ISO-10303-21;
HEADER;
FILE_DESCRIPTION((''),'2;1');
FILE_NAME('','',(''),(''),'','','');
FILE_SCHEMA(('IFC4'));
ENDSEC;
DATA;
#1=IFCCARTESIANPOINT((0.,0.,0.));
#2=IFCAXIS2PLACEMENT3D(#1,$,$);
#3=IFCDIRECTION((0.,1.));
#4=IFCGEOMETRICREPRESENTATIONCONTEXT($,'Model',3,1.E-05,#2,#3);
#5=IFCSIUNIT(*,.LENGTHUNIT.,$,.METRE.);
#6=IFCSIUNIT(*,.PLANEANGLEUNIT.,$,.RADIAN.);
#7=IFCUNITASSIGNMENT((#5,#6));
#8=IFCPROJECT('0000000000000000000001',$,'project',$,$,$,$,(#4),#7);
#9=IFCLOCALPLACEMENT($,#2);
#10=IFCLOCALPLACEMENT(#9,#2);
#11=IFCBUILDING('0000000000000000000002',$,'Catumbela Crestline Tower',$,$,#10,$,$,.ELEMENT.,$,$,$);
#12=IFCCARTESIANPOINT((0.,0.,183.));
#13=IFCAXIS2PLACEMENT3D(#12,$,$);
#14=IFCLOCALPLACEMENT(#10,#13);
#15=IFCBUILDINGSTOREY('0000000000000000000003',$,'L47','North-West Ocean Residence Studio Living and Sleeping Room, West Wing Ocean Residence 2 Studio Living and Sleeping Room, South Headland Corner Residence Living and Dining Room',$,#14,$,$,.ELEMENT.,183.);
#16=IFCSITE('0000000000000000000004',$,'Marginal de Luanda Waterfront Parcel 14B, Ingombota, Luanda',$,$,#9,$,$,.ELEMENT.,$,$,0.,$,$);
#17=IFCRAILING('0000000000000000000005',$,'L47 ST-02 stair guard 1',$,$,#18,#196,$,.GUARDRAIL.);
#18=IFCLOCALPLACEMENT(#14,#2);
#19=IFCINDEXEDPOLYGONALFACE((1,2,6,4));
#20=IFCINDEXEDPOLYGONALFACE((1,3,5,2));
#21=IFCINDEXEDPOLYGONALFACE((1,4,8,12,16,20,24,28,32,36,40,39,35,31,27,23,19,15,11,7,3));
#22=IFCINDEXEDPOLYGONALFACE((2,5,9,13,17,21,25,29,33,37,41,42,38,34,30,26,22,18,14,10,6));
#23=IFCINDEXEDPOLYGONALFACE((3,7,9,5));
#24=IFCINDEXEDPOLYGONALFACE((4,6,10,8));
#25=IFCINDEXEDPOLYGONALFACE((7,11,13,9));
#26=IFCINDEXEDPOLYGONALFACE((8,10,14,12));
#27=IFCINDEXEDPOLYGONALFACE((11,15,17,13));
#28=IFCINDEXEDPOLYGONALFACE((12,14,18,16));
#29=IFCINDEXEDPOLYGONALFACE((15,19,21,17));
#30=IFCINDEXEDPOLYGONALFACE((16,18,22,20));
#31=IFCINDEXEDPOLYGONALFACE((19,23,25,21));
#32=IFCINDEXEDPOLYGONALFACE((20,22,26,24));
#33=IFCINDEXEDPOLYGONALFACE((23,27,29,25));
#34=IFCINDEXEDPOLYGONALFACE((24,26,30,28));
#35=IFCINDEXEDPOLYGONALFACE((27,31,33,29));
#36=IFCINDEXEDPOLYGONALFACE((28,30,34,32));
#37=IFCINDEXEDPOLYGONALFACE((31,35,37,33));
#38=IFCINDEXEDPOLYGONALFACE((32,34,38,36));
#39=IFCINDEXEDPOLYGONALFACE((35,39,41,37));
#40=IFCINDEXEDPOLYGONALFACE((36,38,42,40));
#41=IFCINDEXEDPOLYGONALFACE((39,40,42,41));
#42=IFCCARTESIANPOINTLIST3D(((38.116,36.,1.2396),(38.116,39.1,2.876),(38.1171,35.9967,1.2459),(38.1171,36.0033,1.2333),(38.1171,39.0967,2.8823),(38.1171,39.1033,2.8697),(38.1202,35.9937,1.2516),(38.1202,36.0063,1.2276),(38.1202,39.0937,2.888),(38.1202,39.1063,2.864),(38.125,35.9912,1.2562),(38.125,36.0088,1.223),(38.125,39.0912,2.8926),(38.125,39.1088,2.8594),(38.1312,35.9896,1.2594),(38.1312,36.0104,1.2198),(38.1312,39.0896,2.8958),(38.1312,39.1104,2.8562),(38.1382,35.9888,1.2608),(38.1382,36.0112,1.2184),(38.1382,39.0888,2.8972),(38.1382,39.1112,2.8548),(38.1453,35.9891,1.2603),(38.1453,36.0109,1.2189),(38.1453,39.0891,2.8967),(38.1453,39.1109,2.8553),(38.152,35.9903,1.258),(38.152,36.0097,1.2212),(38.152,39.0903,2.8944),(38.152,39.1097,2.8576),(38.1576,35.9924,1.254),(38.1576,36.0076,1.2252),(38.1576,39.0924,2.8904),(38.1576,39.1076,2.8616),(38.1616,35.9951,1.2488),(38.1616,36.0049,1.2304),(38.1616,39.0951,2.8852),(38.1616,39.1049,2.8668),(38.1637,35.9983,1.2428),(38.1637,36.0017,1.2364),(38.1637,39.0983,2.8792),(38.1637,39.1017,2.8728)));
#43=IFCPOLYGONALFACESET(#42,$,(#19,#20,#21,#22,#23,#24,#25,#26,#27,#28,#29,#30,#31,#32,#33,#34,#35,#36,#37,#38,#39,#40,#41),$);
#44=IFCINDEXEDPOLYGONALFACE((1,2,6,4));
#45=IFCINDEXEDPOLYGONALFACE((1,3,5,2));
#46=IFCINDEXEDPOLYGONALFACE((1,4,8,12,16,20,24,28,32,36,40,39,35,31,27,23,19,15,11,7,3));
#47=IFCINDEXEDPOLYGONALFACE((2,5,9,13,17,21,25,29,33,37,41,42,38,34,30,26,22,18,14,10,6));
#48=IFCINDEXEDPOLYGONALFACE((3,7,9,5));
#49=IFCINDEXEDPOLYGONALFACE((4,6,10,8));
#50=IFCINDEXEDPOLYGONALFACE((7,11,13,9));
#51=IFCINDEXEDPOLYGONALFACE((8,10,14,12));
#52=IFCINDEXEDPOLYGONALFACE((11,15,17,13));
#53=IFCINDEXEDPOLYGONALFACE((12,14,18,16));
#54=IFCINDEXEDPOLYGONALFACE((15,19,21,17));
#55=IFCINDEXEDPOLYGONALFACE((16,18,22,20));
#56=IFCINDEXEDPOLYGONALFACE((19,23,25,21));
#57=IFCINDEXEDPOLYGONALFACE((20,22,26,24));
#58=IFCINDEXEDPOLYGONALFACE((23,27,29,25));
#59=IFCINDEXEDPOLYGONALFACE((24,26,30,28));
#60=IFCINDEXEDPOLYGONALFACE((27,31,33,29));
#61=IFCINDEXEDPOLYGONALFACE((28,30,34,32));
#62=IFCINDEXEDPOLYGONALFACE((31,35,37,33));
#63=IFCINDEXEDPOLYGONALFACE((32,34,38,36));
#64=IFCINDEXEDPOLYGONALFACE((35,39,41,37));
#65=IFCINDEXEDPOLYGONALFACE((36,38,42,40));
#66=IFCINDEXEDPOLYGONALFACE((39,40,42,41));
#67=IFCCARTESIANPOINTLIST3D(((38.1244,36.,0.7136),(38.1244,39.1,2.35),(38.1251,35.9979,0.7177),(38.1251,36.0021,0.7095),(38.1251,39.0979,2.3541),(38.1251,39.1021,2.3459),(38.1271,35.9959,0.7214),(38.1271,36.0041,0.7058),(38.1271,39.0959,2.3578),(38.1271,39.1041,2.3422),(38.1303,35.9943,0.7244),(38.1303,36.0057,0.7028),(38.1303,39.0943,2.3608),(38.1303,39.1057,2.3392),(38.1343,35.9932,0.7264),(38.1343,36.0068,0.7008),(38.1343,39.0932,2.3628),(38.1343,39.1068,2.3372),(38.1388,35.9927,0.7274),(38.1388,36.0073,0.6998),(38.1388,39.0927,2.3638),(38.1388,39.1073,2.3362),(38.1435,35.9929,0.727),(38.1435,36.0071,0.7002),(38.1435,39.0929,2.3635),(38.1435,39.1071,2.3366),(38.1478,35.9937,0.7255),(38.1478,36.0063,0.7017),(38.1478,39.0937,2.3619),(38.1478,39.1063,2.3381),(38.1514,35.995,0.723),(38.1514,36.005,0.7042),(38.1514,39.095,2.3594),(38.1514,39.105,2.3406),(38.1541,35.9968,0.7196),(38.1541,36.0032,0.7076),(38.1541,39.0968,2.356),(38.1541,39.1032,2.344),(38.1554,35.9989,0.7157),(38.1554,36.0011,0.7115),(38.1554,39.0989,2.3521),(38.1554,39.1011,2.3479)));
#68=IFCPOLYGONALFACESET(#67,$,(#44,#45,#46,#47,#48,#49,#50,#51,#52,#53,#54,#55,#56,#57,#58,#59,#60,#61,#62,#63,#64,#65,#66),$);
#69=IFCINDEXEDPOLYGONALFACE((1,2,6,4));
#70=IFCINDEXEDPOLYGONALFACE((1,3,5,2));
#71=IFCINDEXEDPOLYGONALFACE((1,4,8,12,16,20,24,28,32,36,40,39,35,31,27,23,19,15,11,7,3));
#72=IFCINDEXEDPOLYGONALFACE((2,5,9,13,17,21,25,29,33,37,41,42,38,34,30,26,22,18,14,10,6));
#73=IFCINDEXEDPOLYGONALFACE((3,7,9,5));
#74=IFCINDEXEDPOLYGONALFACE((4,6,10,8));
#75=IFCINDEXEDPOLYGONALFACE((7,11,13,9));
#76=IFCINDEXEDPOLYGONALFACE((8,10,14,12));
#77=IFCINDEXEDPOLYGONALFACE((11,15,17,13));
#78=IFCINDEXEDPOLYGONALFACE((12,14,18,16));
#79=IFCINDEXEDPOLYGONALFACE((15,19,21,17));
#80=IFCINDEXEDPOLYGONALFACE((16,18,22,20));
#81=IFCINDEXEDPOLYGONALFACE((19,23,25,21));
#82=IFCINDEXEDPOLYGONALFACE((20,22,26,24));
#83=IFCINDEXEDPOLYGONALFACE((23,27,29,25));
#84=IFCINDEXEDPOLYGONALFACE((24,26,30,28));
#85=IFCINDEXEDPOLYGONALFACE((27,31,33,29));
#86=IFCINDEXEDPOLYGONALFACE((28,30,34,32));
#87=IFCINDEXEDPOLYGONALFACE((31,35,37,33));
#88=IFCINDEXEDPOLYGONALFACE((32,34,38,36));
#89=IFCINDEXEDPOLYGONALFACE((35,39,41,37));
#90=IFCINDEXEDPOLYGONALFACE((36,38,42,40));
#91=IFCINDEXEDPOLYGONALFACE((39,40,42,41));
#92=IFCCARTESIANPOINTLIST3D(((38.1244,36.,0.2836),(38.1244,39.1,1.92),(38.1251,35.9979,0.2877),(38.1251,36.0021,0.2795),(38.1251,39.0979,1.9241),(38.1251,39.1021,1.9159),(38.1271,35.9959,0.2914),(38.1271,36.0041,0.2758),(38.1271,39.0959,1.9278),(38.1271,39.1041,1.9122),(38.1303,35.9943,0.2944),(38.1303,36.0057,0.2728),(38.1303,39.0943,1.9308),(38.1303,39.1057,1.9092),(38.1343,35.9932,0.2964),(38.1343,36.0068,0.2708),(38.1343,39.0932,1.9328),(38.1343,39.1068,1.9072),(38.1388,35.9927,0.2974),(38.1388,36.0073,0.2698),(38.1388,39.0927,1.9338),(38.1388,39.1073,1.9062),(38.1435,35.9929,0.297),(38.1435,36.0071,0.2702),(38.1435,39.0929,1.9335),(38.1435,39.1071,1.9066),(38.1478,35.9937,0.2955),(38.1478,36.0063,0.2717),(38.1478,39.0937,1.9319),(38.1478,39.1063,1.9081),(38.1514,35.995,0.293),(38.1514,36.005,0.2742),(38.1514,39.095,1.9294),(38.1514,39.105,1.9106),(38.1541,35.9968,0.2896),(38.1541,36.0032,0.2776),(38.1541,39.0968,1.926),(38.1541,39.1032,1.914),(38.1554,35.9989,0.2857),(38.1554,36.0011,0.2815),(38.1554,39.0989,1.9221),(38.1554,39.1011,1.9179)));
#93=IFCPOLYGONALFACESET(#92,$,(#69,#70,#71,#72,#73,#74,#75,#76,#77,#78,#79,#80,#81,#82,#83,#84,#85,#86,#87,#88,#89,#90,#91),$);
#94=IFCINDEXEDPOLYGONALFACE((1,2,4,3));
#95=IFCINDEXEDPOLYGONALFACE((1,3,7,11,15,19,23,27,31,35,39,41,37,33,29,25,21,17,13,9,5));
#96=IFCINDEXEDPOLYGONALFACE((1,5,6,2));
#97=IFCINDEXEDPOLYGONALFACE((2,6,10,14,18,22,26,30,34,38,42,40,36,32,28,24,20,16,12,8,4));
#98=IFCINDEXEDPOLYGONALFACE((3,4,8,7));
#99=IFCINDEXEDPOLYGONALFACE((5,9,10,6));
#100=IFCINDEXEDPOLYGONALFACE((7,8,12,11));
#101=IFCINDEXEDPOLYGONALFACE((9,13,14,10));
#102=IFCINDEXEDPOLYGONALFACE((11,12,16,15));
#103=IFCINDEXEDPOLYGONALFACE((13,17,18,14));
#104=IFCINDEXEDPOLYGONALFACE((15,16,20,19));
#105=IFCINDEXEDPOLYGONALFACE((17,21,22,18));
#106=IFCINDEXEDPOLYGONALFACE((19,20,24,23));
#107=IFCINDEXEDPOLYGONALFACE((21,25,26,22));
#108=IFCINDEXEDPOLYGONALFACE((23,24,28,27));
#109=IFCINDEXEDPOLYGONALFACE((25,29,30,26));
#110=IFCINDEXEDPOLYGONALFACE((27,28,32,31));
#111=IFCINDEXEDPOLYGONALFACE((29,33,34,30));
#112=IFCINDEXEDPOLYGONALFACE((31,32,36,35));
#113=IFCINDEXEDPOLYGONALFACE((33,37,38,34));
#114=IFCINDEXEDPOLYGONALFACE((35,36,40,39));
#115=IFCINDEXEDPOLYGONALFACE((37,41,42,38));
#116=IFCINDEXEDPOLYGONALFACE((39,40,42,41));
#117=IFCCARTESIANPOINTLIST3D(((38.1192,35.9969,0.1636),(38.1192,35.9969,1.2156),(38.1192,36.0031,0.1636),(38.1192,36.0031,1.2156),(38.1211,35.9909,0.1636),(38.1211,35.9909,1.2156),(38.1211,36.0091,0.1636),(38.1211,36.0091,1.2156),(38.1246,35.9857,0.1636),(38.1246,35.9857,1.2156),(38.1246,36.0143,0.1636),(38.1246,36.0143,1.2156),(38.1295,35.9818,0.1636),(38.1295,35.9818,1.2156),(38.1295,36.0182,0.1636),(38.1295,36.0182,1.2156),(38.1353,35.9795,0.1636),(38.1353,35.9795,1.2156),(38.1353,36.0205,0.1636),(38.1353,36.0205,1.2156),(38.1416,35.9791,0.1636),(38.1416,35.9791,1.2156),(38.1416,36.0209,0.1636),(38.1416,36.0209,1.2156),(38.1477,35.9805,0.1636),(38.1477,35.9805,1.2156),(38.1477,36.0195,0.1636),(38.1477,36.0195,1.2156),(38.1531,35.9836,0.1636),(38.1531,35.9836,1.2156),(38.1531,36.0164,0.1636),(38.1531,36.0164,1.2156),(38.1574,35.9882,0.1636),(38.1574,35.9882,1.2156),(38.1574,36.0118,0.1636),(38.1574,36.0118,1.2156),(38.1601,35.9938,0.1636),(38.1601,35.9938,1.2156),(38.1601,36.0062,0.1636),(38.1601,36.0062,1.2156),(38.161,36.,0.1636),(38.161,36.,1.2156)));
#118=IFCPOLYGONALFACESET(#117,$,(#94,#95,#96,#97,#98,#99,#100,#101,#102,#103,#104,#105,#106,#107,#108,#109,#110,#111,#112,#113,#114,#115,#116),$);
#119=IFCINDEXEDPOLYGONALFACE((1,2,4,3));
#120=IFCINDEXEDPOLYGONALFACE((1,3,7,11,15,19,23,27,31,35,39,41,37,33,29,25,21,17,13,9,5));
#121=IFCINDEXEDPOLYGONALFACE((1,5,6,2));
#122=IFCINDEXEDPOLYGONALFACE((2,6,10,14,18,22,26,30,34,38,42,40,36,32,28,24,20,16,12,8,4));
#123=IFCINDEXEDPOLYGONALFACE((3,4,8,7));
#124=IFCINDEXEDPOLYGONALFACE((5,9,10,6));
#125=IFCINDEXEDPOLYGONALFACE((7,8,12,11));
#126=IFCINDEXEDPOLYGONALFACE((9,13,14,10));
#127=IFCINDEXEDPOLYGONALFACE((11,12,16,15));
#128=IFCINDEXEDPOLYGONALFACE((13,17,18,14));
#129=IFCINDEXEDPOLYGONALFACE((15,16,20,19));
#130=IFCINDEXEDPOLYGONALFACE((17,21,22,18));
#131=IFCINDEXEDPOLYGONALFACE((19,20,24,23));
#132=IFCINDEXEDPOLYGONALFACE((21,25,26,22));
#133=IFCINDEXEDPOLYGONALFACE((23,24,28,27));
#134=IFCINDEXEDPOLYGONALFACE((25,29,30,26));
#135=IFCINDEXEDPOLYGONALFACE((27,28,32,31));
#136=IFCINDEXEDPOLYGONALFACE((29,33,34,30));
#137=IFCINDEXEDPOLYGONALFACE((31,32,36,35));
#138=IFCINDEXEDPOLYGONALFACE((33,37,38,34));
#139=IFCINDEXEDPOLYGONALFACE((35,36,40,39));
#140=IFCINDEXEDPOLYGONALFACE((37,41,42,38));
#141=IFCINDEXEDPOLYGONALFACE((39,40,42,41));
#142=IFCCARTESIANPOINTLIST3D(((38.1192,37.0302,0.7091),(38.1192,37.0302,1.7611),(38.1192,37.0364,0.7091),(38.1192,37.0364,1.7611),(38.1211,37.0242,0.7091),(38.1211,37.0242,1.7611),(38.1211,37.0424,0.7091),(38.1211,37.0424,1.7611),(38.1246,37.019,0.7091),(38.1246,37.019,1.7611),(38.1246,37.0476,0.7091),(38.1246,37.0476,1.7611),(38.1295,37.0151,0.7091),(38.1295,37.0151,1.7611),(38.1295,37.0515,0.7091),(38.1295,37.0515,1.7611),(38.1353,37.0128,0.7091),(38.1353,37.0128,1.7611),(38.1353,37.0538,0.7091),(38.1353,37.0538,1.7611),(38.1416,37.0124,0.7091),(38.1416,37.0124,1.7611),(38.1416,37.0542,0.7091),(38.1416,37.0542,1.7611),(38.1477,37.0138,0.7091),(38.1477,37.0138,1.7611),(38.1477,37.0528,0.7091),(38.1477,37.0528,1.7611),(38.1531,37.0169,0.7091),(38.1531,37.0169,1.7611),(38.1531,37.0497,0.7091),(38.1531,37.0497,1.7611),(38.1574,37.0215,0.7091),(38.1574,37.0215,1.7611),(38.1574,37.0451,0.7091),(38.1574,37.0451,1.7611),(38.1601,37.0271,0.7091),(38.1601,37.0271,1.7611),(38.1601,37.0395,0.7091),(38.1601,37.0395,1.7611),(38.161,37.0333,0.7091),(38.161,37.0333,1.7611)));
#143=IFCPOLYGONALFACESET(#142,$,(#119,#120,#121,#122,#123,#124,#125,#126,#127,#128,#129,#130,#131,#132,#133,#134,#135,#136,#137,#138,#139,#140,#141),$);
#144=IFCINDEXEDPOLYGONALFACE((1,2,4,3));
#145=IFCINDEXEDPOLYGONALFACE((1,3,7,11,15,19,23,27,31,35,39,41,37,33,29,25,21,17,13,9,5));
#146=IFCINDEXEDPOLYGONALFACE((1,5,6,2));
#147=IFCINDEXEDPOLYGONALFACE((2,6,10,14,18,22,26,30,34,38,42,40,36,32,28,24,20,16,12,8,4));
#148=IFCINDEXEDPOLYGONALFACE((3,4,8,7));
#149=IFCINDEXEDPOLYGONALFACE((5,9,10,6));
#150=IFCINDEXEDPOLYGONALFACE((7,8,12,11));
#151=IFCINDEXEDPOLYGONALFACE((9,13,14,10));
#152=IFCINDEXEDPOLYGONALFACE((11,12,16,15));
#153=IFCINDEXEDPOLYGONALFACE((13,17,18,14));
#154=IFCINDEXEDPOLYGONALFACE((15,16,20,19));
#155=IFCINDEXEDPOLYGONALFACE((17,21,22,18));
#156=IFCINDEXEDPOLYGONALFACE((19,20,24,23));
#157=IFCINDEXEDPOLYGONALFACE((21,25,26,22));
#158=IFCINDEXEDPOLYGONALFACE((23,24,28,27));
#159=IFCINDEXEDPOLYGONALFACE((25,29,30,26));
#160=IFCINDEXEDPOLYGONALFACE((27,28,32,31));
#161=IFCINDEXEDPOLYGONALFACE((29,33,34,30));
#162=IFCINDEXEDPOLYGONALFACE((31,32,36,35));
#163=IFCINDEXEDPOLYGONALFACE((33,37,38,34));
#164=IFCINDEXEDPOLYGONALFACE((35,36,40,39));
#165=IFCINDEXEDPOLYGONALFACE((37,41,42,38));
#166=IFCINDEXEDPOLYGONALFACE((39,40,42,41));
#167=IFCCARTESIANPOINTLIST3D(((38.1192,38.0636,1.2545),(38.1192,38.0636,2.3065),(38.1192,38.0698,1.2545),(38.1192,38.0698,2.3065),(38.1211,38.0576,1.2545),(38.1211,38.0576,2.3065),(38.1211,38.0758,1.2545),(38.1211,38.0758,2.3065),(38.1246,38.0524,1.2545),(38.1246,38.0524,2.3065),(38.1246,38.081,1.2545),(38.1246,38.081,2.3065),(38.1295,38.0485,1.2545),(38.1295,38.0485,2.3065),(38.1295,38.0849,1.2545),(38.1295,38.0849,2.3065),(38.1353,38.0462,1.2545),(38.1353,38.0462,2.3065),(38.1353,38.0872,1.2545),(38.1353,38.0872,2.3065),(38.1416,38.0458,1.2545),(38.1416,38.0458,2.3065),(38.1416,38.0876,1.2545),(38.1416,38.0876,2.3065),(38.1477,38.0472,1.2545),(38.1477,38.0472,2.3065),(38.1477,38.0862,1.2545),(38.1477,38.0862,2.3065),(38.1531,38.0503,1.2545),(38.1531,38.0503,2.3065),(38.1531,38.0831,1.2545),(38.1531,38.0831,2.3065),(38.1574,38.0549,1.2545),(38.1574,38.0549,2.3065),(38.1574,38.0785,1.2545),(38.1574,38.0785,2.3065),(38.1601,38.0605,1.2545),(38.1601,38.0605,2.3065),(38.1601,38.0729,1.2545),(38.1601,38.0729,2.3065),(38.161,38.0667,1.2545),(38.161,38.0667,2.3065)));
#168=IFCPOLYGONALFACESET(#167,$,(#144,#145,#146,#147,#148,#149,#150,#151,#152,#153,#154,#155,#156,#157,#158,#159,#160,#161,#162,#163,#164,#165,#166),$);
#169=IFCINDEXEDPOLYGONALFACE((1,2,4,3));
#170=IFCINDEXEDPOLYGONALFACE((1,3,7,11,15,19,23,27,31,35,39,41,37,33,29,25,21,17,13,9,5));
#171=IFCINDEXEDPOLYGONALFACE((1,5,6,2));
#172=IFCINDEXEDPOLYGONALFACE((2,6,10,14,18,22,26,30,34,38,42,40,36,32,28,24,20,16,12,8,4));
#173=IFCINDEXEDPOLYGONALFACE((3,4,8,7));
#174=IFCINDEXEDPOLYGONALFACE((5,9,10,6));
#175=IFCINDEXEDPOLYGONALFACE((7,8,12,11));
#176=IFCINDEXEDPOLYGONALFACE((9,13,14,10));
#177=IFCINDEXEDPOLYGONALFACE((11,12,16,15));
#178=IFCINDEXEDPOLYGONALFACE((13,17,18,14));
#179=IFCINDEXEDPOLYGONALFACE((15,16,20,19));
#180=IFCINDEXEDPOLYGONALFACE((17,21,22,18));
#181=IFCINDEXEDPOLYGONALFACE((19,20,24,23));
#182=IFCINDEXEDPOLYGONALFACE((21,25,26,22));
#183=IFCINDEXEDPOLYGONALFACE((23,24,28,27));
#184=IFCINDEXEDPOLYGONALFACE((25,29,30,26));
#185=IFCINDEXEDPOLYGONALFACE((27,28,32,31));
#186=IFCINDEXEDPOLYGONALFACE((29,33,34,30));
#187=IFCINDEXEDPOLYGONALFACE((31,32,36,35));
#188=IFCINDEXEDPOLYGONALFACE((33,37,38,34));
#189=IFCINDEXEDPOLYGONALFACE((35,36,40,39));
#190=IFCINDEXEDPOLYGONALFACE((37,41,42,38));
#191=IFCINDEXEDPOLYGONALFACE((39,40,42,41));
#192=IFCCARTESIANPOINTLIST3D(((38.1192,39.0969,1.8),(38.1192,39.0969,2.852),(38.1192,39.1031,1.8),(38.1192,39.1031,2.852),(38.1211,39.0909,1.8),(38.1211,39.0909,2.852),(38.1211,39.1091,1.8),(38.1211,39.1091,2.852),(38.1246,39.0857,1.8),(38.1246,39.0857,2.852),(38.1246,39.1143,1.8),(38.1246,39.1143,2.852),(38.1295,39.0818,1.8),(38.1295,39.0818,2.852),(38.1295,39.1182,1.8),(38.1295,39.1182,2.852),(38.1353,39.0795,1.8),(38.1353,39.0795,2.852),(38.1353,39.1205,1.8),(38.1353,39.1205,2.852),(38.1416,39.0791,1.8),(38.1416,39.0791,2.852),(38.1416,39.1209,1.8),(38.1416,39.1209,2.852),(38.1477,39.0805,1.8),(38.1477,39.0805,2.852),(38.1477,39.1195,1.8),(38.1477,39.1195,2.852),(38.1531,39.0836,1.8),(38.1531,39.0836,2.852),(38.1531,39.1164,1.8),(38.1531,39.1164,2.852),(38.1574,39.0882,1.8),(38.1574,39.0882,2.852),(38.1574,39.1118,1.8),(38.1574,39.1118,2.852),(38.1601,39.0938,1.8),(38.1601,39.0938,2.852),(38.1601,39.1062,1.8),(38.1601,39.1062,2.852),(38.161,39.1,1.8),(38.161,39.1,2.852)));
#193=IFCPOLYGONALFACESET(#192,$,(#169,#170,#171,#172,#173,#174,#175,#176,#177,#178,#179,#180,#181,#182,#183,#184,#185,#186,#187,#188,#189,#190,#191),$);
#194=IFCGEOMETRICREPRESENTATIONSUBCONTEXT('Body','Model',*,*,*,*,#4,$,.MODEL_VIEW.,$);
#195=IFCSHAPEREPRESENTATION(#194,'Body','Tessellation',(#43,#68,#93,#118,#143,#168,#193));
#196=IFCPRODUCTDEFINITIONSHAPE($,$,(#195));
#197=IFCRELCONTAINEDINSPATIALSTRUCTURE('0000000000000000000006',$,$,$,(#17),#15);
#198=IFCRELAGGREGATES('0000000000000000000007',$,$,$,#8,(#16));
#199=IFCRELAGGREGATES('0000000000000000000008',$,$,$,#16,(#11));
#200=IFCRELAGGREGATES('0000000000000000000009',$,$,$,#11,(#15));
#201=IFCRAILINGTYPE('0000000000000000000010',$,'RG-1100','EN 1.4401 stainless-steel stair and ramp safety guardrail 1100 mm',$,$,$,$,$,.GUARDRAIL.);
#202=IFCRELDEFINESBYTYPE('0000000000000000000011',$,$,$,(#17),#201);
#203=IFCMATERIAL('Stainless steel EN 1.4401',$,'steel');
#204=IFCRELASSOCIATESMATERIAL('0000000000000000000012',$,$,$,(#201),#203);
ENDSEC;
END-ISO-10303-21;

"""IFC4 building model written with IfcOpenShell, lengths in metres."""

from ifc_helpers import new_model, si_unit, direction, frame, origin, origin_2d, place, context, subcontext, project, spatial, circle, extrude, material, type_object, element, save


model = new_model("IFC4")

# Units and contexts
model_context = context("Model", 3, precision=1e-05, world=origin(), true_north=direction((0.0, 1.0)))
body_context = subcontext(model_context, "Body", "Model", "MODEL_VIEW")
ifc_project = project(units=[si_unit("LENGTHUNIT", "METRE"), si_unit("PLANEANGLEUNIT", "RADIAN")], contexts=[model_context])

# Site, building, storey
site_placement = place(None, origin())
site = spatial("IfcSite", under=ifc_project, at=site_placement, Name="Marginal de Luanda Waterfront Parcel 14B, Ingombota, Luanda", CompositionType="ELEMENT", RefElevation=0.0)
building_placement = place(site_placement, origin())
building = spatial("IfcBuilding", under=site, at=building_placement, Name="Catumbela Crestline Tower", CompositionType="ELEMENT")
storey_placement = place(building_placement, frame((0.0, 0.0, 183.0)))
storey = spatial("IfcBuildingStorey", under=building, at=storey_placement, Name="L47", Description="North-West Ocean Residence Studio Living and Sleeping Room, West Wing Ocean Residence 2 Studio Living and Sleeping Room, South Headland Corner Residence Living and Dining Room", CompositionType="ELEMENT", Elevation=183.0)

# Shared definitions
ifc_material_1 = material(Name="Stainless steel EN 1.4401", Category="steel")

# Railing
railing_type_1 = type_object("IfcRailingType", Name="RG-1100", Description="EN 1.4401 stainless-steel stair and ramp safety guardrail 1100 mm", PredefinedType="GUARDRAIL", material=ifc_material_1)
railing_1_placement = place(storey_placement, frame((38.14, 36.0, 0.1636)))
element("IfcRailing", 1, at=railing_1_placement, inside=storey, type_object=railing_type_1, Name="L47 ST-02 stair guard 1", PredefinedType="GUARDRAIL", context=body_context, shape_type="SweptSolid", body=[
    extrude(circle(Radius=0.024, at=origin_2d()), frame((0.0, 0.0, 1.076), z_axis=(0.0, 0.884351, 0.466823), x_axis=(-1.0, 0.0, 0.0)), (0.0, 0.0, 1.0), 3.5054),
    extrude(circle(Radius=0.0156, at=origin_2d()), frame((0.0, 0.0, 0.55), z_axis=(0.0, 0.884351, 0.466823), x_axis=(-1.0, 0.0, 0.0)), (0.0, 0.0, 1.0), 3.5054),
    extrude(circle(Radius=0.0156, at=origin_2d()), frame((0.0, 0.0, 0.12), z_axis=(0.0, 0.884351, 0.466823), x_axis=(-1.0, 0.0, 0.0)), (0.0, 0.0, 1.0), 3.5054),
    extrude(circle(Radius=0.021, at=origin_2d()), origin(), (0.0, 0.0, 1.0), 1.052),
    extrude(circle(Radius=0.021, at=origin_2d()), frame((0.0, 1.0333, 0.5455)), (0.0, 0.0, 1.0), 1.052),
    extrude(circle(Radius=0.021, at=origin_2d()), frame((0.0, 2.0667, 1.0909)), (0.0, 0.0, 1.0), 1.052),
    extrude(circle(Radius=0.021, at=origin_2d()), frame((0.0, 3.1, 1.6364)), (0.0, 0.0, 1.0), 1.052),
])

save(model, "model.ifc")
